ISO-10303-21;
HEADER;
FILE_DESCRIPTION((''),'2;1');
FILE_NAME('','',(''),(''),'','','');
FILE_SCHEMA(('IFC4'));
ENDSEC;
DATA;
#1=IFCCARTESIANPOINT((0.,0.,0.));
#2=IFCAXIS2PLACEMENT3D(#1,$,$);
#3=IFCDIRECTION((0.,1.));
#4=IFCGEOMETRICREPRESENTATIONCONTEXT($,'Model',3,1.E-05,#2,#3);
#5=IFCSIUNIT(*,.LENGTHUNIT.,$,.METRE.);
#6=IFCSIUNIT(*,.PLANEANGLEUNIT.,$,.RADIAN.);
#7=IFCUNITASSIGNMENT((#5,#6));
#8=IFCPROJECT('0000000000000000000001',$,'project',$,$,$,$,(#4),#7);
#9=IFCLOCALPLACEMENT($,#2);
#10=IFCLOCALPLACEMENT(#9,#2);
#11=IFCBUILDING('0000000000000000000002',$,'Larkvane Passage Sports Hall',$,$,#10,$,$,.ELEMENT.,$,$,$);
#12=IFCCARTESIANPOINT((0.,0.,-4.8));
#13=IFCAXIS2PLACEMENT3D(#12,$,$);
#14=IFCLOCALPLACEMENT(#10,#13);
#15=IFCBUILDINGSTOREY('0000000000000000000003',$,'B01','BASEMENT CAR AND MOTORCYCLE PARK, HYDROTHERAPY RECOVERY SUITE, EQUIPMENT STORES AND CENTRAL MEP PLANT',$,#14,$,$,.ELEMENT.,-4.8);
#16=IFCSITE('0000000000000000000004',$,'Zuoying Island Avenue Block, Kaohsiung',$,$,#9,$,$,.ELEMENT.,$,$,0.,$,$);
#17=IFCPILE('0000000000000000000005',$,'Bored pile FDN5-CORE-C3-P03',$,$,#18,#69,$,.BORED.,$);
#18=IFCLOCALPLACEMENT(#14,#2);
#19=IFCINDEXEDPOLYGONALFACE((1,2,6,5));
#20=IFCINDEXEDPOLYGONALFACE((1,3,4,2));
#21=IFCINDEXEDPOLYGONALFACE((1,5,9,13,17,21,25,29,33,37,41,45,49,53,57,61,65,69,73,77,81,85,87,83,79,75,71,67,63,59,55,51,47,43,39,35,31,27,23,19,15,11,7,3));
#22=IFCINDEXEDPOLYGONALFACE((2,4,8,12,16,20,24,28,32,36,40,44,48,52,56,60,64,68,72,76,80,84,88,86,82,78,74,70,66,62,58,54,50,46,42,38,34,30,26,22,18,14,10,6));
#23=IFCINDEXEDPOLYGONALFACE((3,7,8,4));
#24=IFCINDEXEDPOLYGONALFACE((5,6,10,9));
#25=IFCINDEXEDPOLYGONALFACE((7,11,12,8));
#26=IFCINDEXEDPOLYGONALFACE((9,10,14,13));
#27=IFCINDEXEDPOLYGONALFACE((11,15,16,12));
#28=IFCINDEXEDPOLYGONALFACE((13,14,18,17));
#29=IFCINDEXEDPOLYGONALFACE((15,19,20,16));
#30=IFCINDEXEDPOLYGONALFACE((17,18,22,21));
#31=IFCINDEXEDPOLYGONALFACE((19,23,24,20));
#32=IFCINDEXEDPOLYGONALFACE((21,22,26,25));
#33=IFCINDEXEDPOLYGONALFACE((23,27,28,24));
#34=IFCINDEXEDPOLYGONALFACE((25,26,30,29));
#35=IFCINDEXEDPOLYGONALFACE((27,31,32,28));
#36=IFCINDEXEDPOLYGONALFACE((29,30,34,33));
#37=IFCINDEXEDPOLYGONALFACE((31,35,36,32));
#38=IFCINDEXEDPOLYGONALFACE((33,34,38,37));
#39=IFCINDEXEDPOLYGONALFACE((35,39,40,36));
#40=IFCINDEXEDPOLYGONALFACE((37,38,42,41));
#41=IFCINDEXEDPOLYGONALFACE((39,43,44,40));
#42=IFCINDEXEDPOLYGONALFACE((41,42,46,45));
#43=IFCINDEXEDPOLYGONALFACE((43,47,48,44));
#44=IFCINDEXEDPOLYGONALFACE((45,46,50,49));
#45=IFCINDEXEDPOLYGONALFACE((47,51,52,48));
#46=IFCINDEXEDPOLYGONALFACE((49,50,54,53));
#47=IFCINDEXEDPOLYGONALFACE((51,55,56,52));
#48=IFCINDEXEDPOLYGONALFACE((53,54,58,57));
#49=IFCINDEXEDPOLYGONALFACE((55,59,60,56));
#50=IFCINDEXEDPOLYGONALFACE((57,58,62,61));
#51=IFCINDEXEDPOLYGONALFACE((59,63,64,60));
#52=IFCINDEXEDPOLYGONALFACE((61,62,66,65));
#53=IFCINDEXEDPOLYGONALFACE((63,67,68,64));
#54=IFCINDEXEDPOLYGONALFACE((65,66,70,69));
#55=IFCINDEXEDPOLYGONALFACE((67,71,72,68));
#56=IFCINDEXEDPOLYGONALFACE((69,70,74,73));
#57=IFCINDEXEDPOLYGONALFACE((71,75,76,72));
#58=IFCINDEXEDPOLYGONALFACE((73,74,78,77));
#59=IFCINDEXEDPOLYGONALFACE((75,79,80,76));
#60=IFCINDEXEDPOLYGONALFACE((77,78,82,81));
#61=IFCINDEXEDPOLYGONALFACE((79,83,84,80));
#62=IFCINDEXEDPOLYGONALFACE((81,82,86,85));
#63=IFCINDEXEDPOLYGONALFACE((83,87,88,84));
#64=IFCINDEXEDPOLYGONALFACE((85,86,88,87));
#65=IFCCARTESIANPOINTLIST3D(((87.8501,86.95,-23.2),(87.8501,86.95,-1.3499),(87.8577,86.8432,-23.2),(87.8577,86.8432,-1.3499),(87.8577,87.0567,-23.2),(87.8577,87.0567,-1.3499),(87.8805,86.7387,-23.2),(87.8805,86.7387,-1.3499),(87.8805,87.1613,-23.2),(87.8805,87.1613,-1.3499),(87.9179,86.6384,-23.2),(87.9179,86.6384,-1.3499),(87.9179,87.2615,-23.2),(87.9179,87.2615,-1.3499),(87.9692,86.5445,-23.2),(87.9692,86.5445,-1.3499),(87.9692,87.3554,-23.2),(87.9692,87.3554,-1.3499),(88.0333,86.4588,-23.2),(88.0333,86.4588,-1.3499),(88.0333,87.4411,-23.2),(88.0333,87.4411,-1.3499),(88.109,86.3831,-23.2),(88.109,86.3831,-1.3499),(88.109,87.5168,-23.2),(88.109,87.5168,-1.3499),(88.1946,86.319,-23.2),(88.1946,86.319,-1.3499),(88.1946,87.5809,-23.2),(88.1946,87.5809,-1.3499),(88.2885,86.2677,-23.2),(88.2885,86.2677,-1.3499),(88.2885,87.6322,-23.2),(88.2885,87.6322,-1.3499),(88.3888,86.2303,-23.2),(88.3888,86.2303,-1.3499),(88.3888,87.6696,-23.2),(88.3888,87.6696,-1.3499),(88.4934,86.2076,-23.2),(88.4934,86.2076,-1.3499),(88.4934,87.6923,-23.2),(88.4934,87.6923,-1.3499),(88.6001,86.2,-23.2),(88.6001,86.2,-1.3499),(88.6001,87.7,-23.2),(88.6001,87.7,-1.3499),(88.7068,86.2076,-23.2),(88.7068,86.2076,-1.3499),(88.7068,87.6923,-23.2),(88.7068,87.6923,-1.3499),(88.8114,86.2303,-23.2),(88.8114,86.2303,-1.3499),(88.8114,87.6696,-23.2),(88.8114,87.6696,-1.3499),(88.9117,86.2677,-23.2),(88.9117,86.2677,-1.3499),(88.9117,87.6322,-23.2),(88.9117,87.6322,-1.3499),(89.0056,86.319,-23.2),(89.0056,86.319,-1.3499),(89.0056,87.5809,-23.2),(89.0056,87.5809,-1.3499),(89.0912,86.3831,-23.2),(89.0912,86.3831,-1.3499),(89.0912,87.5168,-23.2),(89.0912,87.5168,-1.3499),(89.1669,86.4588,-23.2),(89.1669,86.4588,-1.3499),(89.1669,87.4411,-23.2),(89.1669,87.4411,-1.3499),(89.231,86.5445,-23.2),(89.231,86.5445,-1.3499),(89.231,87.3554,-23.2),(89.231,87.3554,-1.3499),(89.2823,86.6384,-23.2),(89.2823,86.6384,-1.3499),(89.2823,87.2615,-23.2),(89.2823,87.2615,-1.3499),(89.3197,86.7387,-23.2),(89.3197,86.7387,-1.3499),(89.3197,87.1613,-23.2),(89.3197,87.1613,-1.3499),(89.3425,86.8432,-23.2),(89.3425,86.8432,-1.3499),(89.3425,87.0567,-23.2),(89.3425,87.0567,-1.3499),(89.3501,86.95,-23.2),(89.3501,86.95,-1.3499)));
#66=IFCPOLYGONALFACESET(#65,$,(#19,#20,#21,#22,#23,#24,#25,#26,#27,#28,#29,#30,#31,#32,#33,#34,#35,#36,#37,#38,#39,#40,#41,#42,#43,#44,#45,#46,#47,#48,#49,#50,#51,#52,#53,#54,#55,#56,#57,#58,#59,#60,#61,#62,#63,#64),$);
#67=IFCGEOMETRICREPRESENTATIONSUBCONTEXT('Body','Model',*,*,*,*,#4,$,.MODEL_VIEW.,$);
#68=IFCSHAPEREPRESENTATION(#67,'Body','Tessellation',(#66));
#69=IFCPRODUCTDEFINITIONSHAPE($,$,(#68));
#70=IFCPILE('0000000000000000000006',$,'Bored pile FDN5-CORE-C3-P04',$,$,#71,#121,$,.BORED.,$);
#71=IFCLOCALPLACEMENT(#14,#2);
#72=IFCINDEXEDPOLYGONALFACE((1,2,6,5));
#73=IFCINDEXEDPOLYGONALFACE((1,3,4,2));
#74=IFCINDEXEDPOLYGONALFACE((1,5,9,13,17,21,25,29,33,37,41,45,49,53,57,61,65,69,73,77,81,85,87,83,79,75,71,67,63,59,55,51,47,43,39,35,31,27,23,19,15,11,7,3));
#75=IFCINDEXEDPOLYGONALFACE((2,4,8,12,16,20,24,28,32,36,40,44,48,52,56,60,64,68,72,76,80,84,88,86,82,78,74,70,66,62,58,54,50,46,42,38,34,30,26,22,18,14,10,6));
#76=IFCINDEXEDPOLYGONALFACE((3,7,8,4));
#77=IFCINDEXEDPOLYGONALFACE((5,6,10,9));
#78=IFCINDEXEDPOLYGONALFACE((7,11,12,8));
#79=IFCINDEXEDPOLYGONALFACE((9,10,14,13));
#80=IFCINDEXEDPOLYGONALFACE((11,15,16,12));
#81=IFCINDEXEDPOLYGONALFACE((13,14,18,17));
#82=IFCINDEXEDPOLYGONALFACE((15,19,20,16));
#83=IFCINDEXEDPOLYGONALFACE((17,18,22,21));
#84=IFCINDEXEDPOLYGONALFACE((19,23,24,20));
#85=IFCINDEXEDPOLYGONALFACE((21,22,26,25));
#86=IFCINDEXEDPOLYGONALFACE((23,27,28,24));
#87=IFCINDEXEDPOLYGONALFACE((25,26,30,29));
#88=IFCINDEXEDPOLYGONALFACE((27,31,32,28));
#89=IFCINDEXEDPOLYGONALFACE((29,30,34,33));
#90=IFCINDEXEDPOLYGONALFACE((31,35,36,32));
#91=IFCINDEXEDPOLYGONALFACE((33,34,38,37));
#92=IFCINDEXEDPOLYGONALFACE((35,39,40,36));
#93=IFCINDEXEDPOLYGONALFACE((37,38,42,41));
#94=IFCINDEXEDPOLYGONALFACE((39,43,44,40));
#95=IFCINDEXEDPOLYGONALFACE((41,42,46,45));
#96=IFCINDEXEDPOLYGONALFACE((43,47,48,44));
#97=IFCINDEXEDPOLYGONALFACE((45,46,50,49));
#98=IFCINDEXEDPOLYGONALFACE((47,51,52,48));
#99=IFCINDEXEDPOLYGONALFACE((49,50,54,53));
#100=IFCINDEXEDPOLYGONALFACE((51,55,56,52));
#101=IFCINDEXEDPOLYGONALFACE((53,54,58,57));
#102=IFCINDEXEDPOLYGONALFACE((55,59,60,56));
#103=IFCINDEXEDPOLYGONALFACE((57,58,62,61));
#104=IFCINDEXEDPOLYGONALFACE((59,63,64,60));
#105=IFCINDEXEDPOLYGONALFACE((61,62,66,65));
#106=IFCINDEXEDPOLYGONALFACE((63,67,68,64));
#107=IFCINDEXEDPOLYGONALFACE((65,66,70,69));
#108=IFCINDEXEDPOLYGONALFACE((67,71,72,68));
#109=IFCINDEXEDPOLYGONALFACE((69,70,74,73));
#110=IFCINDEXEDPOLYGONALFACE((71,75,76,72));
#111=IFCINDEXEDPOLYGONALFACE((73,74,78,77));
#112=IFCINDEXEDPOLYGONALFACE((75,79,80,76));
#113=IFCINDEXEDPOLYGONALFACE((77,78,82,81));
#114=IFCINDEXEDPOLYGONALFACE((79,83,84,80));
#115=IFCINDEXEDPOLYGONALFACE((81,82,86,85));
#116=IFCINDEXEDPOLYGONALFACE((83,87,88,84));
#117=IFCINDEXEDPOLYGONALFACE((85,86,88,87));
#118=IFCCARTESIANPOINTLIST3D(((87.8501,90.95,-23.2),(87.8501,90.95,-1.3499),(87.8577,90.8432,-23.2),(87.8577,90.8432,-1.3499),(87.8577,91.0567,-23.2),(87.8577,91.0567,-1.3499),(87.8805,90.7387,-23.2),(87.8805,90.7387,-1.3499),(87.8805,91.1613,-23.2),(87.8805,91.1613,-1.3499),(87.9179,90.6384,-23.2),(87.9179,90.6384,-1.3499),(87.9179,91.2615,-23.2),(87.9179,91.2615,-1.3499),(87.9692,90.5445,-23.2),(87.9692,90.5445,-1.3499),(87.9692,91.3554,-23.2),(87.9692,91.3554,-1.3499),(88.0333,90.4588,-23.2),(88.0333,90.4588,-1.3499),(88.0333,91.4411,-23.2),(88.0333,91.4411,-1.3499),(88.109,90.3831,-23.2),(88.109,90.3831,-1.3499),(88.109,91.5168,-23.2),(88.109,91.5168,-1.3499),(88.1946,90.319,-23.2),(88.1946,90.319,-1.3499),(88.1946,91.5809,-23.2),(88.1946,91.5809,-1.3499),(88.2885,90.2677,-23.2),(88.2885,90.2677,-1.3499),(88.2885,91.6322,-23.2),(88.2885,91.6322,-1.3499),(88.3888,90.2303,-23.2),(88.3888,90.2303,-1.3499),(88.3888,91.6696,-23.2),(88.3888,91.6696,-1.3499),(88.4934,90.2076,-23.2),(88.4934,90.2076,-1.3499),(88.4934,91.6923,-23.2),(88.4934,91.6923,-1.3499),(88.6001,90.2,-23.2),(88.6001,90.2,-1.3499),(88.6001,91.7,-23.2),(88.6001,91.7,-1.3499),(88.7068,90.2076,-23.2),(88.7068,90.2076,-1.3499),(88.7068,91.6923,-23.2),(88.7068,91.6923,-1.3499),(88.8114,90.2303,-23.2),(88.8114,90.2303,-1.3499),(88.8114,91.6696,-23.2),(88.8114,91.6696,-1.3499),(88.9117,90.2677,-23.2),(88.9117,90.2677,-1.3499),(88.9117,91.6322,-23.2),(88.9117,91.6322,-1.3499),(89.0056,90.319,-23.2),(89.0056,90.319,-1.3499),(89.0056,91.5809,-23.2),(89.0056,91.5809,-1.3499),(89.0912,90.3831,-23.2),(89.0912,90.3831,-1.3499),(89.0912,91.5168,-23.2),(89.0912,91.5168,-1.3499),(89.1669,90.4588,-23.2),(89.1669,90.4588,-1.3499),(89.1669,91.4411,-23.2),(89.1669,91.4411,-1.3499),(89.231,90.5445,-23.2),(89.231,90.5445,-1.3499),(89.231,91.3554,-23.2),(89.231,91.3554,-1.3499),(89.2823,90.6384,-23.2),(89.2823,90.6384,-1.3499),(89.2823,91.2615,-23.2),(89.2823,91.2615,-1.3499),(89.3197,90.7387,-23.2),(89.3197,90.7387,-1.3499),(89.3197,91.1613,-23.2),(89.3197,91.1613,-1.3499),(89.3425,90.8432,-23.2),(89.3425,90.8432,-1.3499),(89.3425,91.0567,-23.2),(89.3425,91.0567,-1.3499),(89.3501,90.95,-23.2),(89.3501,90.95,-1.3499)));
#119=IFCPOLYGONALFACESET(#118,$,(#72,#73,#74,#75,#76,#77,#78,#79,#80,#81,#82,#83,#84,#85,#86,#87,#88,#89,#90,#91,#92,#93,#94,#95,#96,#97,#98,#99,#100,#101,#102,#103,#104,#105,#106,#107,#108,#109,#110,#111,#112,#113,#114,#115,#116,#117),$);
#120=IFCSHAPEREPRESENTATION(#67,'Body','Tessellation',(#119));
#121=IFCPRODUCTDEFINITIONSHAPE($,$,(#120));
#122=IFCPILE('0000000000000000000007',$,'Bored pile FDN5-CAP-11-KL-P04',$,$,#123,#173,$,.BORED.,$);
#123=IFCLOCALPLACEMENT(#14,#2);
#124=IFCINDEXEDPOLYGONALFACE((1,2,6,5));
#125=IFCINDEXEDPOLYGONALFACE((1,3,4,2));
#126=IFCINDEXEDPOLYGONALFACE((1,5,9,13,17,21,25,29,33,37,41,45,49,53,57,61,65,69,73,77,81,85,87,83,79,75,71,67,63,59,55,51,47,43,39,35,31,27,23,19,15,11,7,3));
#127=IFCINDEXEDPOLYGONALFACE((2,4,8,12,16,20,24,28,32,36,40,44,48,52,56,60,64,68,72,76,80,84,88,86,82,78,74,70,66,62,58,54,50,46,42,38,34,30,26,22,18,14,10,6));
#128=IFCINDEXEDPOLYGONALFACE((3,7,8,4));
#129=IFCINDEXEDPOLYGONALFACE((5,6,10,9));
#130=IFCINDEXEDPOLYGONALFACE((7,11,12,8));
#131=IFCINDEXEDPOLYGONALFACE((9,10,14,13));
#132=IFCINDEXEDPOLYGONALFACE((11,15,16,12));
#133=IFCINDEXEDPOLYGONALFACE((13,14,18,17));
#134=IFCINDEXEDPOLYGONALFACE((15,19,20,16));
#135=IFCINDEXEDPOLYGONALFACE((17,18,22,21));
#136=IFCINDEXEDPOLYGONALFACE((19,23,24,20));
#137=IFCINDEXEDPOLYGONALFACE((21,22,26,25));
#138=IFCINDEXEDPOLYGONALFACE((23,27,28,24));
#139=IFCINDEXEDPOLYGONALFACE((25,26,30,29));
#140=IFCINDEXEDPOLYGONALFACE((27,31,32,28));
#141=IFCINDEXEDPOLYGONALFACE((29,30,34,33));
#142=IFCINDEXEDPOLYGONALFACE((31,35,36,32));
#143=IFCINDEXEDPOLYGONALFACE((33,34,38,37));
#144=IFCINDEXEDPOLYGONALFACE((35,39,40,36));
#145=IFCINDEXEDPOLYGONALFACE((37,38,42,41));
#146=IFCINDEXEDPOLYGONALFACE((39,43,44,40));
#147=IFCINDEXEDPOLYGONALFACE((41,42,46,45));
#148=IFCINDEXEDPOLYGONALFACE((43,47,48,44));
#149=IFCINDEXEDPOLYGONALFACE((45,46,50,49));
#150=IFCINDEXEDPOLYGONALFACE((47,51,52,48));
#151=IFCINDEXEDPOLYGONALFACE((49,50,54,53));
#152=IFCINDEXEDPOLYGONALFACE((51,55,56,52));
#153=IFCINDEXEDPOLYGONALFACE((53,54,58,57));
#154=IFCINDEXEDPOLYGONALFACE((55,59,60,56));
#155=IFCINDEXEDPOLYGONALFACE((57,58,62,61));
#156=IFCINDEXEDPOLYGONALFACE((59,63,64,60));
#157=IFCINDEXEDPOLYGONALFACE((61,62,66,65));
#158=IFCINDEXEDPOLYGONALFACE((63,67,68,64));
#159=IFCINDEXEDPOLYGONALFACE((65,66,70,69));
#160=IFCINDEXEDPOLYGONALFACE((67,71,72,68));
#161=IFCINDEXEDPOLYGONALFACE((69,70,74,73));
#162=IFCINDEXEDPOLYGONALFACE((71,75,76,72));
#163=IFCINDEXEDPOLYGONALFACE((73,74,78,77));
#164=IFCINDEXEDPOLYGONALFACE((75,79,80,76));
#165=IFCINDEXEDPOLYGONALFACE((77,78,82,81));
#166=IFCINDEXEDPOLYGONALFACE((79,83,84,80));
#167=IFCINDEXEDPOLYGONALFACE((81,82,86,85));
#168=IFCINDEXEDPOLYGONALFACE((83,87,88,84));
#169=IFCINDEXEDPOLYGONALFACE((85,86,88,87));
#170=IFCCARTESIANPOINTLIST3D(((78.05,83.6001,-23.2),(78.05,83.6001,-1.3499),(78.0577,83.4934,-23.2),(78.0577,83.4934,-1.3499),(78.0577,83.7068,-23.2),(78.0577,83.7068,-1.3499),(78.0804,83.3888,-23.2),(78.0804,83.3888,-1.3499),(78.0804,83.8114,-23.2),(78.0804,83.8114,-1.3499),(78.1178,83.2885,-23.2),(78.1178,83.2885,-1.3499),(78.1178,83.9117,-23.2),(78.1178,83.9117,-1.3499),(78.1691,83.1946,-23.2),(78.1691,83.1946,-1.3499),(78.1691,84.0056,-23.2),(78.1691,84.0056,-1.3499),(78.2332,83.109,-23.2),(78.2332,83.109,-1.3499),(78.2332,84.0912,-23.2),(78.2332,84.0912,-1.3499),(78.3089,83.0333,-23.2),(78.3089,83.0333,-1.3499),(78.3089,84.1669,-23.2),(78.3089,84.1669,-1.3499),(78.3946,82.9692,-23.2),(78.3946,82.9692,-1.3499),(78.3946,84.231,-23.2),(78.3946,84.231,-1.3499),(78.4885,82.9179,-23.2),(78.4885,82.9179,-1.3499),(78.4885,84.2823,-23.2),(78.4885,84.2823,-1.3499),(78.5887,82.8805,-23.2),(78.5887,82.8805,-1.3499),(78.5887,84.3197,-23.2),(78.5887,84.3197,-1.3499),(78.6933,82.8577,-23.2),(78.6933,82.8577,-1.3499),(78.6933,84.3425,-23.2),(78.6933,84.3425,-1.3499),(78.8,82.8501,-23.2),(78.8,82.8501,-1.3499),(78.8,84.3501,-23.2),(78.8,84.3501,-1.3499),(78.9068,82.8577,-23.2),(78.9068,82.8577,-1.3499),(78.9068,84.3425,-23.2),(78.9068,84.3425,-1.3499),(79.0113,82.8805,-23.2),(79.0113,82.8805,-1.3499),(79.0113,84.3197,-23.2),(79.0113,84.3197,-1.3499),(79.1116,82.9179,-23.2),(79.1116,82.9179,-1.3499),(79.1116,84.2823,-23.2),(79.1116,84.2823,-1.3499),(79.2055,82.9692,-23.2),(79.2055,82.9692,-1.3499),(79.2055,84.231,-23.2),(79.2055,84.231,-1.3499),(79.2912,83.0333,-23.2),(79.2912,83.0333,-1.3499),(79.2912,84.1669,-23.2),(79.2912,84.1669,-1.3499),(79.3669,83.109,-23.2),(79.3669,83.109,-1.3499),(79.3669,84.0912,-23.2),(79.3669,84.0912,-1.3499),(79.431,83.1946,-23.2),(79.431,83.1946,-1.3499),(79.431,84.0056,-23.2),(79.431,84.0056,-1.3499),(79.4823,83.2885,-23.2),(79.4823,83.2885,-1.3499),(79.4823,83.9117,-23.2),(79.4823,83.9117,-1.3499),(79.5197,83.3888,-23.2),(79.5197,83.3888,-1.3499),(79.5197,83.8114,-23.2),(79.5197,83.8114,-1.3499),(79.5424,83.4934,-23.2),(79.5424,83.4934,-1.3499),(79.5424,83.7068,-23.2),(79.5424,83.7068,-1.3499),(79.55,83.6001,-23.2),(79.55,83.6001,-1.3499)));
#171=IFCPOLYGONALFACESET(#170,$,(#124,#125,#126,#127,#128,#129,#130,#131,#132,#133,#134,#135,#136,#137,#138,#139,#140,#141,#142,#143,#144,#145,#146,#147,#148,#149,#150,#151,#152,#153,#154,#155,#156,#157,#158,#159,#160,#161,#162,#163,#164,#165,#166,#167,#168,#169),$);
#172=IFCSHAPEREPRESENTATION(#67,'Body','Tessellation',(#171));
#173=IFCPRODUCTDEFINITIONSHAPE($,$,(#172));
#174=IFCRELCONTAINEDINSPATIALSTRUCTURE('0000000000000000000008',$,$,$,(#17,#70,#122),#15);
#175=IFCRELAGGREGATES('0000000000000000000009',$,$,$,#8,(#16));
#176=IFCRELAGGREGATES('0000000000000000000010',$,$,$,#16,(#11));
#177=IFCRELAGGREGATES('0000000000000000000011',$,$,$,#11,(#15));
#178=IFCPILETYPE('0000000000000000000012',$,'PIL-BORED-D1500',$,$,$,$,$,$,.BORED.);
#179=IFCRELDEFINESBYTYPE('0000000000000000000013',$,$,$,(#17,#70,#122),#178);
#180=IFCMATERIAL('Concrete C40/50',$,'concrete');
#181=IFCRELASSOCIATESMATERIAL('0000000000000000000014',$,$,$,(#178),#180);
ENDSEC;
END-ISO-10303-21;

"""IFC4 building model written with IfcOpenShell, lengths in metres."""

from ifc_helpers import new_model, si_unit, direction, frame, origin, origin_2d, place, context, subcontext, project, spatial, circle, extrude, material, material_profile, profile_set, type_object, element, save


model = new_model("IFC4")

# Units and contexts
model_context = context("Model", 3, precision=1e-05, world=origin(), true_north=direction((0.0, 1.0)))
body_context = subcontext(model_context, "Body", "Model", "MODEL_VIEW")
ifc_project = project(units=[si_unit("LENGTHUNIT", "METRE"), si_unit("PLANEANGLEUNIT", "RADIAN")], contexts=[model_context])

# Site, building, storey
site_placement = place(None, origin())
site = spatial("IfcSite", under=ifc_project, at=site_placement, Name="Zuoying Island Avenue Block, Kaohsiung", CompositionType="ELEMENT", RefElevation=0.0)
building_placement = place(site_placement, origin())
building = spatial("IfcBuilding", under=site, at=building_placement, Name="Larkvane Passage Sports Hall", CompositionType="ELEMENT")
storey_placement = place(building_placement, frame((0.0, 0.0, -4.8)))
storey = spatial("IfcBuildingStorey", under=building, at=storey_placement, Name="B01", Description="BASEMENT CAR AND MOTORCYCLE PARK, HYDROTHERAPY RECOVERY SUITE, EQUIPMENT STORES AND CENTRAL MEP PLANT", CompositionType="ELEMENT", Elevation=-4.8)

# Shared definitions
ifc_material_1 = material(Name="Concrete C40/50", Category="concrete")

# Piles
ifc_material_profile_1 = material_profile(ifc_material_1, circle(Radius=0.75, at=origin_2d()), Name="PILE-D1500")
ifc_profile_set_1 = profile_set([ifc_material_profile_1], Name="Concrete C40/50")
pile_type_1 = type_object("IfcPileType", Name="PIL-BORED-D1500", PredefinedType="BORED", material=ifc_profile_set_1)
for number, where, z_axis, x_axis, name in (
    (1, (88.6001, 86.95, -1.3499), (0.0, 0.0, -1.0), (1.0, 0.0, 0.0), "Bored pile FDN5-CORE-C3-P03"),
    (2, (88.6001, 90.95, -1.3499), (0.0, 0.0, -1.0), (1.0, 0.0, 0.0), "Bored pile FDN5-CORE-C3-P04"),
    (3, (78.8, 83.6001, -1.3499), (0.0, 0.0, -1.0), (1.0, 0.0, 0.0), "Bored pile FDN5-CAP-11-KL-P04"),
):
    element("IfcPile", number, at=place(storey_placement, frame(where, z_axis=z_axis, x_axis=x_axis)), inside=storey, type_object=pile_type_1, Name=name, PredefinedType="BORED", context=body_context, shape_type="SweptSolid", body=[
        extrude(circle(Radius=0.75, at=origin_2d()), origin(), (0.0, 0.0, 1.0), 21.8501),
    ])

save(model, "model.ifc")
